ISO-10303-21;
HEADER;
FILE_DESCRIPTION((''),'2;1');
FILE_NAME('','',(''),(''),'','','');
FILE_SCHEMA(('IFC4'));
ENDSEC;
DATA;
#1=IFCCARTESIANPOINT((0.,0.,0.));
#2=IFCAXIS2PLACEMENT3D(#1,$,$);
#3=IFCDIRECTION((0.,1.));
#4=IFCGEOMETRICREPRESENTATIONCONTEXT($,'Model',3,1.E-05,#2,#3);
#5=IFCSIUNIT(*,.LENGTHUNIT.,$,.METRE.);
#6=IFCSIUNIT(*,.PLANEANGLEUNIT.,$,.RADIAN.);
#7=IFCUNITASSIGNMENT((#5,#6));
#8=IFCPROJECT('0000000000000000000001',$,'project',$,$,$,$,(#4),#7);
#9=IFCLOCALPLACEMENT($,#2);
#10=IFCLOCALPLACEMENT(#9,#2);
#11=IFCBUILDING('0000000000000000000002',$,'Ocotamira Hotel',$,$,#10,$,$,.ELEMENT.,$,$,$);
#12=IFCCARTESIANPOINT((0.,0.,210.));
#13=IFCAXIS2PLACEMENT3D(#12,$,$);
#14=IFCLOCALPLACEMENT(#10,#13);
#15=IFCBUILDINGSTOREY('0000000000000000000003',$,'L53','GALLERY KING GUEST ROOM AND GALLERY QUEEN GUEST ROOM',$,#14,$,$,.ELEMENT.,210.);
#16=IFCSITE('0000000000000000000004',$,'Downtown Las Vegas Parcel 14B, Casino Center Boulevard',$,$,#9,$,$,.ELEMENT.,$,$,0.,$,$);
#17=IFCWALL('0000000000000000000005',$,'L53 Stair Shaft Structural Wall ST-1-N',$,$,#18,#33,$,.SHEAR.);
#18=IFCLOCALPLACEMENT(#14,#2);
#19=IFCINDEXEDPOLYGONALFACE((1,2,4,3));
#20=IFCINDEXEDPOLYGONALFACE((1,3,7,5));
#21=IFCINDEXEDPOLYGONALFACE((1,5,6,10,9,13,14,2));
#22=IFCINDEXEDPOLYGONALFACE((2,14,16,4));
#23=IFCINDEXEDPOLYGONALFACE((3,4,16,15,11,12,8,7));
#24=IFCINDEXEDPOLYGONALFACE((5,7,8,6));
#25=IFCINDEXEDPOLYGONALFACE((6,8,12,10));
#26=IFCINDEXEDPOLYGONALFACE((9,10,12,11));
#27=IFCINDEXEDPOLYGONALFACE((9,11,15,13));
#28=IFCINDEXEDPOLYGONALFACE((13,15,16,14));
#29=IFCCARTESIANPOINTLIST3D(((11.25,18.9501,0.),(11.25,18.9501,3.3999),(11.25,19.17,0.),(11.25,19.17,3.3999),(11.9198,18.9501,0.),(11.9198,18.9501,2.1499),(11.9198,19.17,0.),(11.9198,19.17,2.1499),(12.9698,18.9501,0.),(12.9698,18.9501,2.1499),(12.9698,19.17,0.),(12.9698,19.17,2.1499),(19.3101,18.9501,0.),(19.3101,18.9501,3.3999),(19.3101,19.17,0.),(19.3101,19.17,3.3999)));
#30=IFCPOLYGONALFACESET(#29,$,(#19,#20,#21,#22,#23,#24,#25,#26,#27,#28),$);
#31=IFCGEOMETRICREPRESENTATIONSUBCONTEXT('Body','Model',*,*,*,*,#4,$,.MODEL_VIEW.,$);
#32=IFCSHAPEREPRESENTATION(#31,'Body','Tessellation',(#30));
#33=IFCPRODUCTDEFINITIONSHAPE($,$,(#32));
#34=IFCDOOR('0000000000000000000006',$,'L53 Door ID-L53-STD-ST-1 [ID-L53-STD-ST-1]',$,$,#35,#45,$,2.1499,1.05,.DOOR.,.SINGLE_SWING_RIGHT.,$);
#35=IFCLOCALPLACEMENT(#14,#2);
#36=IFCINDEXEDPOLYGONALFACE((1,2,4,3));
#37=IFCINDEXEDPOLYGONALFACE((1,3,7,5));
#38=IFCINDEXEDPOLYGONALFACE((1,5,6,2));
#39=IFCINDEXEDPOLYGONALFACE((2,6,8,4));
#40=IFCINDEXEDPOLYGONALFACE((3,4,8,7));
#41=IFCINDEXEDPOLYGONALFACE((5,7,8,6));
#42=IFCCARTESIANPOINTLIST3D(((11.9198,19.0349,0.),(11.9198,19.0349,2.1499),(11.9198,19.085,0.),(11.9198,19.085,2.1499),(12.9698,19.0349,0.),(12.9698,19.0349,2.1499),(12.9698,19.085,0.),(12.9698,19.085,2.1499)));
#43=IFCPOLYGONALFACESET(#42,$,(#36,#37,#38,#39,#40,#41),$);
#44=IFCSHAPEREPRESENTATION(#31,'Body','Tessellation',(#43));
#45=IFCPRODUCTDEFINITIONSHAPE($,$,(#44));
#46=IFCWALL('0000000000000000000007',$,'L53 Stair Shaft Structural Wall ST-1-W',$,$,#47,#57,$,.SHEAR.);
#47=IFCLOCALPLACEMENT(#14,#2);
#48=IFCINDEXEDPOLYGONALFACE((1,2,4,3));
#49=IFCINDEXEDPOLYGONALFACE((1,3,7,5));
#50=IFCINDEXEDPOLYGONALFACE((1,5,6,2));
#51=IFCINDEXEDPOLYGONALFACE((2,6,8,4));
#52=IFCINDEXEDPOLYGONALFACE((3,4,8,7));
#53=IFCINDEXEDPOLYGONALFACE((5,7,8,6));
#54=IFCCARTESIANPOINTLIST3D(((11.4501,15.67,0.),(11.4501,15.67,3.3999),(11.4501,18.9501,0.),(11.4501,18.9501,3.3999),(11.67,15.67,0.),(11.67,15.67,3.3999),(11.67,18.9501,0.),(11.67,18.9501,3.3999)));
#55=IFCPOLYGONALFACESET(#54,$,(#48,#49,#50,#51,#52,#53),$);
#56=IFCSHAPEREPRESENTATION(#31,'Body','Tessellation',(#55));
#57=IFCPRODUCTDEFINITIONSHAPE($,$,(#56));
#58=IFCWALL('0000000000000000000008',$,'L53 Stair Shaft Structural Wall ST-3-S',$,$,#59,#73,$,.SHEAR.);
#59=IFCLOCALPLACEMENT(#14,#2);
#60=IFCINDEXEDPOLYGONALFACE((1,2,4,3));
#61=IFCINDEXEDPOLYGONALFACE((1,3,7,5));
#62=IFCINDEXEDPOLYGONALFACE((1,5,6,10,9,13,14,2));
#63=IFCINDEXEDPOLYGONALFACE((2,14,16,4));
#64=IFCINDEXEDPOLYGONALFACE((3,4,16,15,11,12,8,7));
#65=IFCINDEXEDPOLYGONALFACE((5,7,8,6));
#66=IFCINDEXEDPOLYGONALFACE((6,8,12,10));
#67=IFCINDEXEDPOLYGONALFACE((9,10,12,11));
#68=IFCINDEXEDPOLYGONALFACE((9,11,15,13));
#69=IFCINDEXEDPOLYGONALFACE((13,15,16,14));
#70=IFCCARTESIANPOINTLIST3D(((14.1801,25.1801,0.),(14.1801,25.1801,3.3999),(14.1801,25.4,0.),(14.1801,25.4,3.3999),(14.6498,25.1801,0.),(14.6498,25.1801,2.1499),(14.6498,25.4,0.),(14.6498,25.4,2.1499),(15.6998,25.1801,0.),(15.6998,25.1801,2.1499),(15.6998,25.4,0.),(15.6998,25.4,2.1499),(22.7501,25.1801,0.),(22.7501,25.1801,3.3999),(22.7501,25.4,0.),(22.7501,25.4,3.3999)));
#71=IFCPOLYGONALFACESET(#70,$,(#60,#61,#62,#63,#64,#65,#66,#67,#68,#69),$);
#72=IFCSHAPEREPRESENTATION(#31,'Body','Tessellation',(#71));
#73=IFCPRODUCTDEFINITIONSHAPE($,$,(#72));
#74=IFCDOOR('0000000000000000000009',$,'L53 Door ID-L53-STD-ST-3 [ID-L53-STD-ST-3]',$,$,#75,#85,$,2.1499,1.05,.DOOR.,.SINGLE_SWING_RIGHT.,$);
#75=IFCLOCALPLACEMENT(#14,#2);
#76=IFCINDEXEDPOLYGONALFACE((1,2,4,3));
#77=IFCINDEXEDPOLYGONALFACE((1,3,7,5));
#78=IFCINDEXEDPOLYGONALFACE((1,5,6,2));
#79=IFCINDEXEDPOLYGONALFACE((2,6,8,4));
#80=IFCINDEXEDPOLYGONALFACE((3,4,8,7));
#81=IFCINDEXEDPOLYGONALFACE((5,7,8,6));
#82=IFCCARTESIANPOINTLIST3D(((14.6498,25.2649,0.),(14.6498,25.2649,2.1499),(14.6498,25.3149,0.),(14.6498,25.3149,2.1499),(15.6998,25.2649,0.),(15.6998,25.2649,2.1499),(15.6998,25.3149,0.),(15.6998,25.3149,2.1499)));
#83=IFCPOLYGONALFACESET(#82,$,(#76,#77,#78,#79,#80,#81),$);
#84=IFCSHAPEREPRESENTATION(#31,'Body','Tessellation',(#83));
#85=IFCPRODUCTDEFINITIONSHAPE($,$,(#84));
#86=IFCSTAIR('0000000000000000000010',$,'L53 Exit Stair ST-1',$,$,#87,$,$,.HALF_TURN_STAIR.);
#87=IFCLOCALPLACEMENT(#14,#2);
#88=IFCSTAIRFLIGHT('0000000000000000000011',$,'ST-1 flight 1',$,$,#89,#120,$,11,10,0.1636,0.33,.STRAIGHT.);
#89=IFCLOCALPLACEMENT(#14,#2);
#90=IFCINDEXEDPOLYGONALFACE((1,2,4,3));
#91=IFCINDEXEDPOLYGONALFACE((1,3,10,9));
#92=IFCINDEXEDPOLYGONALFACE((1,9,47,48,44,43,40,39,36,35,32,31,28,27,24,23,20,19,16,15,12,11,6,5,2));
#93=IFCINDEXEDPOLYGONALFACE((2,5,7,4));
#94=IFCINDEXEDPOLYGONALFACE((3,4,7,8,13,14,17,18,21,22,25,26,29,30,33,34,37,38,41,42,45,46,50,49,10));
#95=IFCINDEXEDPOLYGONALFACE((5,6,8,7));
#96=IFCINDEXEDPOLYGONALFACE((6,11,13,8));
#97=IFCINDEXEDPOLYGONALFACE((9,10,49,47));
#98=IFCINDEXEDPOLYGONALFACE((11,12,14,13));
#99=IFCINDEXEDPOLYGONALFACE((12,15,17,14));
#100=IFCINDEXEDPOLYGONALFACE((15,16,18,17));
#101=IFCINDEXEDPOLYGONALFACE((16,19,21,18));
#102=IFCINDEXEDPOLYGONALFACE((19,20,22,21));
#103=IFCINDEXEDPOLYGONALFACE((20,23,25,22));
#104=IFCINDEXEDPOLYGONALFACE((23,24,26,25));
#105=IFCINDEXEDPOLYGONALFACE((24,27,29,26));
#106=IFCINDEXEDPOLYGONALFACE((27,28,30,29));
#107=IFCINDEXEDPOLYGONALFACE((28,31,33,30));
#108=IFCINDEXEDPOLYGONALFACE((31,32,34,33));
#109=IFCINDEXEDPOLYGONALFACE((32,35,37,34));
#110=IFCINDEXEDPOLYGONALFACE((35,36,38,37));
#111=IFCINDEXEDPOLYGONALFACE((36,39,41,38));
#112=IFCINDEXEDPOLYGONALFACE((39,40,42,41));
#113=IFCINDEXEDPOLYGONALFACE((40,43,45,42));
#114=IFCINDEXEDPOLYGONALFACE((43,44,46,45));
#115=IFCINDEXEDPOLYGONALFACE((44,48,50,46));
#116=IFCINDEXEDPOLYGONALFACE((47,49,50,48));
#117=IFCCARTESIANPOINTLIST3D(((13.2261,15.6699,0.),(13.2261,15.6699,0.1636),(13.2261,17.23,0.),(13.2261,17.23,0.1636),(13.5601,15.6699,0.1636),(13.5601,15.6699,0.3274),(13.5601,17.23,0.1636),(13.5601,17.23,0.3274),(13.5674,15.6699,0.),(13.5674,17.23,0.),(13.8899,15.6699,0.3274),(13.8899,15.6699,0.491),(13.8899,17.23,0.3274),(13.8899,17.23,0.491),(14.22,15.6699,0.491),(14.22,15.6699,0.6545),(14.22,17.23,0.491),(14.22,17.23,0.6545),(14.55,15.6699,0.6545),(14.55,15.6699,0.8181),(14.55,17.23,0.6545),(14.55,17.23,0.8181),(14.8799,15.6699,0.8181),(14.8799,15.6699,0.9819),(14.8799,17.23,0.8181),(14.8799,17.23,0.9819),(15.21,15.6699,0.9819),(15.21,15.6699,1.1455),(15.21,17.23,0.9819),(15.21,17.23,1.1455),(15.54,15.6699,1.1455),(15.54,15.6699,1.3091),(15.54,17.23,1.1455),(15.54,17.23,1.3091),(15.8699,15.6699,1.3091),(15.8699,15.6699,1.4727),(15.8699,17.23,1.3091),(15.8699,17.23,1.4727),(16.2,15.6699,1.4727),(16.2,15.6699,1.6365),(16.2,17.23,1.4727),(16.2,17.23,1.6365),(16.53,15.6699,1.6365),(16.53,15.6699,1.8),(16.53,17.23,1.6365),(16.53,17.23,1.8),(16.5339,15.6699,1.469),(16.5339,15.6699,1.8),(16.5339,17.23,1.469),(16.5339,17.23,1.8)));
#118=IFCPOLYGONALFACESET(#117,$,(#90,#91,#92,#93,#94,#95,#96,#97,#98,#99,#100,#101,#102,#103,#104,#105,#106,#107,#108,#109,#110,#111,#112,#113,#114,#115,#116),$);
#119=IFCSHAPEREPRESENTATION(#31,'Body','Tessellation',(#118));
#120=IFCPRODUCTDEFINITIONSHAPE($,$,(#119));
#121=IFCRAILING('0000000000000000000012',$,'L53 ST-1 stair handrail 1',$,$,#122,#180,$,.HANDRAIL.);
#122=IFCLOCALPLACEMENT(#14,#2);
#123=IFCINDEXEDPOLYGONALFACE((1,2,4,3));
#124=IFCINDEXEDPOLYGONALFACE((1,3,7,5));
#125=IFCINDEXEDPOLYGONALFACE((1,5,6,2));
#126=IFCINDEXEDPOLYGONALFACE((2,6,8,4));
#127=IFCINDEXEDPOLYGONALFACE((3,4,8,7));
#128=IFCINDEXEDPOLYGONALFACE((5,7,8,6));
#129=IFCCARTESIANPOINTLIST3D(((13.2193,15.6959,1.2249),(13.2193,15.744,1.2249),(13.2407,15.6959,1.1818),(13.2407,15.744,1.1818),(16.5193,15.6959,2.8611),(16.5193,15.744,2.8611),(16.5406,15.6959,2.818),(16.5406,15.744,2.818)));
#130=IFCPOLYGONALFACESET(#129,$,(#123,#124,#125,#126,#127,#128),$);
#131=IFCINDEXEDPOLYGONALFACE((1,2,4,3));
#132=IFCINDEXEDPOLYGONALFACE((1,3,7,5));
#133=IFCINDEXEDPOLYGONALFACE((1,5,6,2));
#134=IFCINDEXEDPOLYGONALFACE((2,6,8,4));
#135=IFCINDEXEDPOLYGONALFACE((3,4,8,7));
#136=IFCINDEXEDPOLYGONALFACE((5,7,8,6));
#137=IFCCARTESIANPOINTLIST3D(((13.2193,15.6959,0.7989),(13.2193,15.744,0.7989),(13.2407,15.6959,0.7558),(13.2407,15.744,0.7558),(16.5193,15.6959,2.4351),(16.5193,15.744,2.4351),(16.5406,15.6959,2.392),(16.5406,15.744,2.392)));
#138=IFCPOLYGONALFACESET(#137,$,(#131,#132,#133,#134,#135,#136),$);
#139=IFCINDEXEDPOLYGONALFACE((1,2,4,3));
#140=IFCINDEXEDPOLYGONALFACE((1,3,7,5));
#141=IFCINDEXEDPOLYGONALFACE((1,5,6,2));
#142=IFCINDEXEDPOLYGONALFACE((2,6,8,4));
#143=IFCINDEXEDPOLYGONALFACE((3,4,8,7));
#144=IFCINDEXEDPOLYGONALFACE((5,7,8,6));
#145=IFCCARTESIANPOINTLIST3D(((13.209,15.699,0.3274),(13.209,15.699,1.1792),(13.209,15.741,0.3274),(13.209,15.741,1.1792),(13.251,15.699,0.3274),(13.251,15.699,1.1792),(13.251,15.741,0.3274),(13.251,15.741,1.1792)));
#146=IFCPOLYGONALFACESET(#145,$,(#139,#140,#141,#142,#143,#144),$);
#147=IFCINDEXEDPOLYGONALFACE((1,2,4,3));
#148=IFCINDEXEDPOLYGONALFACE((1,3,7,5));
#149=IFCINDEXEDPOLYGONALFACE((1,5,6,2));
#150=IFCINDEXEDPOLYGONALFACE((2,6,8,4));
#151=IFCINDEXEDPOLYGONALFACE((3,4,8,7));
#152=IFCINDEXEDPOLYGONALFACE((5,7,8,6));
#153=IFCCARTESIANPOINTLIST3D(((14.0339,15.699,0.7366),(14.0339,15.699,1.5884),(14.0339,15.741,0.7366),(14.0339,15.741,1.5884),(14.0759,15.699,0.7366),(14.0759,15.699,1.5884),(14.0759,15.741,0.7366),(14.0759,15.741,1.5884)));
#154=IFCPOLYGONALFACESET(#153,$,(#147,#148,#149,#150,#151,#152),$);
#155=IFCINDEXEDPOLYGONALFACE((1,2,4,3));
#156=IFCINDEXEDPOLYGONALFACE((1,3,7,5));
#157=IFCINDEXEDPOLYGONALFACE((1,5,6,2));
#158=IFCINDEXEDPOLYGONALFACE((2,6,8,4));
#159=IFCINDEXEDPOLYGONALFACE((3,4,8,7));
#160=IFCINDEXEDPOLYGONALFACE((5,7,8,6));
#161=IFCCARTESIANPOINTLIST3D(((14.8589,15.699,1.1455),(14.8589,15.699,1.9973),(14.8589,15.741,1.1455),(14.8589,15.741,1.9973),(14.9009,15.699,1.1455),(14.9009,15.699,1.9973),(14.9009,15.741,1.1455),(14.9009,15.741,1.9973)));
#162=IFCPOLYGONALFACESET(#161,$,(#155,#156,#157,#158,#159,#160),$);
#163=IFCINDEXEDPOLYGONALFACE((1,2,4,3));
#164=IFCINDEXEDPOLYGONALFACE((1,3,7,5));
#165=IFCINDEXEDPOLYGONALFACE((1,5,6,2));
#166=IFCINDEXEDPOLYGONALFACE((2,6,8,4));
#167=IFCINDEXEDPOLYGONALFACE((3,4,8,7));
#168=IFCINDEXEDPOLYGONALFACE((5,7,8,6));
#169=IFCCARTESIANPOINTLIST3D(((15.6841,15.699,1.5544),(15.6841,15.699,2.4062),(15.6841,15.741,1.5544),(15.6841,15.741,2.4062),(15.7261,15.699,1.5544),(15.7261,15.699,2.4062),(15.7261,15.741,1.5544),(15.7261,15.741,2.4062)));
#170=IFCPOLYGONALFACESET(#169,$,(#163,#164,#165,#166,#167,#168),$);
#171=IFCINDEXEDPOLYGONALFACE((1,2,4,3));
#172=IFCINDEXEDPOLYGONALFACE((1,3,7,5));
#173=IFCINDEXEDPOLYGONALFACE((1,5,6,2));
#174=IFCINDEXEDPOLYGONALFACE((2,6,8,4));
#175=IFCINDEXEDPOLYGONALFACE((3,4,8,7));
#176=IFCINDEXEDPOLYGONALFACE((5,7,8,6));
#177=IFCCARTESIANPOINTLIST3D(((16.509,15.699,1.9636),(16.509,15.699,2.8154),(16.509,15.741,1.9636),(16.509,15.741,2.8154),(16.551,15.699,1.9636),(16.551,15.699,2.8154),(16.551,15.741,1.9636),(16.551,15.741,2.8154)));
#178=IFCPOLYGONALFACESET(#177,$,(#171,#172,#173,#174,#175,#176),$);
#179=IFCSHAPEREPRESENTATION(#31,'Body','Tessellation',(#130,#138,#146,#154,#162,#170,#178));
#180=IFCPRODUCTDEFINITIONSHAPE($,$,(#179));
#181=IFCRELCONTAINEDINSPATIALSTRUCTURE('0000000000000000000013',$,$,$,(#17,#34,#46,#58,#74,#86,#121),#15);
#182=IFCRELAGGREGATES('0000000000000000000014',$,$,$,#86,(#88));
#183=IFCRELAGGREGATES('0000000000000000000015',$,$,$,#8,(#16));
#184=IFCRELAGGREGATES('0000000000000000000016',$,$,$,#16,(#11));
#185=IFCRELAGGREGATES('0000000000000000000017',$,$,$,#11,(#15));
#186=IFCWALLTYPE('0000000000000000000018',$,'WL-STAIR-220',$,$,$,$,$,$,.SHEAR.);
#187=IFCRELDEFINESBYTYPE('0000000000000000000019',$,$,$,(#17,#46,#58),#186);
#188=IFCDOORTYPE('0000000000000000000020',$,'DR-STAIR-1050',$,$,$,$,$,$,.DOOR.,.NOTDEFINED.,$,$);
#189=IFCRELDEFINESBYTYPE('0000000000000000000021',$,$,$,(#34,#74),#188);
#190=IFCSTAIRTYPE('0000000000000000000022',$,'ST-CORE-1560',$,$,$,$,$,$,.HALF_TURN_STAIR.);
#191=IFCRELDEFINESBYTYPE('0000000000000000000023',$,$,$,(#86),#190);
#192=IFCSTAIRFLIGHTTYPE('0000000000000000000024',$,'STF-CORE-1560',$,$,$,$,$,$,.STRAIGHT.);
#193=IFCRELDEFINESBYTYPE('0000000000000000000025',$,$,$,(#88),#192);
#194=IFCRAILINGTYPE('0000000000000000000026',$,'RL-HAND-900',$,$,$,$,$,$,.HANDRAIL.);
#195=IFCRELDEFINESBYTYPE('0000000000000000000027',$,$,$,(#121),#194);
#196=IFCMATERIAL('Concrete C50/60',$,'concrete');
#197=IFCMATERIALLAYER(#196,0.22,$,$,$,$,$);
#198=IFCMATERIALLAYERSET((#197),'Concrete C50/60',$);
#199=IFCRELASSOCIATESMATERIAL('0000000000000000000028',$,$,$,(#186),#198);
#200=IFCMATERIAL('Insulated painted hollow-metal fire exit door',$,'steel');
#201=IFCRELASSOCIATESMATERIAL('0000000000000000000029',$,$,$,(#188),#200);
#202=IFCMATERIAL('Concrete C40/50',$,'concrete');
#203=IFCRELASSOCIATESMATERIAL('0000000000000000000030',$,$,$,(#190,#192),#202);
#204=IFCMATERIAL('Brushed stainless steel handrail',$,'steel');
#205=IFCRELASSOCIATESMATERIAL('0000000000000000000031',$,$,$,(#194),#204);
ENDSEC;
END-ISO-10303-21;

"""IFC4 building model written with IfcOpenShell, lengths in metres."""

from ifc_helpers import new_model, si_unit, direction, frame, frame_2d, origin, origin_2d, place, context, subcontext, project, spatial, polyline, rectangle, outline, extrude, source, transform, mapped, material, layer, layer_set, type_object, element, fill, aggregate, save


model = new_model("IFC4")

# Units and contexts
model_context = context("Model", 3, precision=1e-05, world=origin(), true_north=direction((0.0, 1.0)))
body_context = subcontext(model_context, "Body", "Model", "MODEL_VIEW")
ifc_project = project(units=[si_unit("LENGTHUNIT", "METRE"), si_unit("PLANEANGLEUNIT", "RADIAN")], contexts=[model_context])

# Site, building, storey
site_placement = place(None, origin())
site = spatial("IfcSite", under=ifc_project, at=site_placement, Name="Downtown Las Vegas Parcel 14B, Casino Center Boulevard", CompositionType="ELEMENT", RefElevation=0.0)
building_placement = place(site_placement, origin())
building = spatial("IfcBuilding", under=site, at=building_placement, Name="Ocotamira Hotel", CompositionType="ELEMENT")
storey_placement = place(building_placement, frame((0.0, 0.0, 210.0)))
storey = spatial("IfcBuildingStorey", under=building, at=storey_placement, Name="L53", Description="GALLERY KING GUEST ROOM AND GALLERY QUEEN GUEST ROOM", CompositionType="ELEMENT", Elevation=210.0)

# Shared definitions
ifc_material_1 = material(Name="Concrete C50/60", Category="concrete")

# Shared definitions
ifc_layer_1 = layer(ifc_material_1, 0.22)
ifc_layer_set_1 = layer_set([ifc_layer_1], Name="Concrete C50/60")
wall_type_1 = type_object("IfcWallType", Name="WL-STAIR-220", PredefinedType="SHEAR", material=ifc_layer_set_1)

# Wall, opening, door
wall_1_placement = place(storey_placement, frame((11.25, 19.0601, 0.0), z_axis=(0.0, 0.0, 1.0), x_axis=(1.0, 0.0, 0.0)))
wall_1 = element("IfcWall", 1, at=wall_1_placement, inside=storey, type_object=wall_type_1, Name="L53 Stair Shaft Structural Wall ST-1-N", PredefinedType="SHEAR", context=body_context, shape_type="SweptSolid", body=[
    extrude(rectangle(XDim=8.0601, YDim=0.22, at=frame_2d((4.03, 0.0))), origin(), (0.0, 0.0, 1.0), 3.3999),
])
opening_1_placement = place(wall_1_placement, frame((0.6699, 0.0, 0.0)))
opening_1 = element("IfcOpeningElement", 2, at=opening_1_placement, cuts=wall_1, PredefinedType="OPENING", context=body_context, shape_type="SweptSolid", body=[
    extrude(rectangle(XDim=1.05, YDim=2.1499, at=frame_2d((0.5249, 1.075))), frame((0.0, 0.1201, 0.0), z_axis=(0.0, -1.0, 0.0), x_axis=(1.0, 0.0, 0.0)), (0.0, 0.0, 1.0), 0.24),
])
ifc_material_2 = material(Name="Insulated painted hollow-metal fire exit door", Category="steel")
door_type_1 = type_object("IfcDoorType", Name="DR-STAIR-1050", OperationType="NOTDEFINED", PredefinedType="DOOR", material=ifc_material_2)
shared_shape_1 = source(origin(), body_context, "Body", "SweptSolid", [
    extrude(rectangle(XDim=1.05, YDim=2.1499, at=frame_2d((0.5249, 1.075))), frame((0.0, 0.0249, 0.0), z_axis=(0.0, -1.0, 0.0), x_axis=(1.0, 0.0, 0.0)), (0.0, 0.0, 1.0), 0.05),
])
door_1_placement = place(opening_1_placement, origin())
door_1 = element("IfcDoor", 3, at=door_1_placement, inside=storey, type_object=door_type_1, Name="L53 Door ID-L53-STD-ST-1 [ID-L53-STD-ST-1]", OperationType="SINGLE_SWING_RIGHT", OverallHeight=2.1499, OverallWidth=1.05, PredefinedType="DOOR", context=body_context, shape_type="MappedRepresentation", body=[
    mapped(shared_shape_1, transform((0.0, 0.0, 0.0), scale=1.0)),
])
fill(opening_1, door_1)

# Wall
wall_2_placement = place(storey_placement, frame((11.5601, 15.6699, 0.0), z_axis=(0.0, 0.0, 1.0), x_axis=(0.0, 1.0, 0.0)))
element("IfcWall", 4, at=wall_2_placement, inside=storey, type_object=wall_type_1, Name="L53 Stair Shaft Structural Wall ST-1-W", PredefinedType="SHEAR", context=body_context, shape_type="SweptSolid", body=[
    extrude(rectangle(XDim=3.28, YDim=0.22, at=frame_2d((1.6401, 0.0))), origin(), (0.0, 0.0, 1.0), 3.3999),
])

# Wall, opening, door
wall_3_placement = place(storey_placement, frame((14.1799, 25.29, 0.0), z_axis=(0.0, 0.0, 1.0), x_axis=(1.0, 0.0, 0.0)))
wall_3 = element("IfcWall", 5, at=wall_3_placement, inside=storey, type_object=wall_type_1, Name="L53 Stair Shaft Structural Wall ST-3-S", PredefinedType="SHEAR", context=body_context, shape_type="SweptSolid", body=[
    extrude(rectangle(XDim=8.5701, YDim=0.22, at=frame_2d((4.2852, 0.0))), origin(), (0.0, 0.0, 1.0), 3.3999),
])
opening_2_placement = place(wall_3_placement, frame((0.47, 0.0, 0.0)))
opening_2 = element("IfcOpeningElement", 6, at=opening_2_placement, cuts=wall_3, PredefinedType="OPENING", context=body_context, shape_type="SweptSolid", body=[
    extrude(rectangle(XDim=1.05, YDim=2.1499, at=frame_2d((0.5249, 1.075))), frame((0.0, 0.1201, 0.0), z_axis=(0.0, -1.0, 0.0), x_axis=(1.0, 0.0, 0.0)), (0.0, 0.0, 1.0), 0.24),
])
door_2_placement = place(opening_2_placement, origin())
door_2 = element("IfcDoor", 7, at=door_2_placement, inside=storey, type_object=door_type_1, Name="L53 Door ID-L53-STD-ST-3 [ID-L53-STD-ST-3]", OperationType="SINGLE_SWING_RIGHT", OverallHeight=2.1499, OverallWidth=1.05, PredefinedType="DOOR", context=body_context, shape_type="MappedRepresentation", body=[
    mapped(shared_shape_1, transform((0.0, 0.0, 0.0), scale=1.0)),
])
fill(opening_2, door_2)

# Stair, stair flight
ifc_material_3 = material(Name="Concrete C40/50", Category="concrete")
stair_type = type_object("IfcStairType", Name="ST-CORE-1560", PredefinedType="HALF_TURN_STAIR", material=ifc_material_3)
stair_placement = place(storey_placement, origin())
stair = element("IfcStair", 8, at=stair_placement, inside=storey, type_object=stair_type, Name="L53 Exit Stair ST-1", PredefinedType="HALF_TURN_STAIR")
stair_flight_type = type_object("IfcStairFlightType", Name="STF-CORE-1560", PredefinedType="STRAIGHT", material=ifc_material_3)
shared_shape_2 = source(origin(), body_context, "Body", "SweptSolid", [
    extrude(outline(polyline([(-0.0039, 0.0), (-0.0039, 0.1636), (0.3301, 0.1636), (0.3301, 0.3274), (0.6599, 0.3274), (0.6599, 0.491), (0.99, 0.491), (0.99, 0.6545), (1.3201, 0.6545), (1.3201, 0.8181), (1.6499, 0.8181), (1.6499, 0.9819), (1.98, 0.9819), (1.98, 1.1455), (2.3101, 1.1455), (2.3101, 1.3091), (2.6399, 1.3091), (2.6399, 1.4727), (2.97, 1.4727), (2.97, 1.6365), (3.3, 1.6365), (3.3, 1.8), (3.304, 1.8), (3.304, 1.469), (0.3374, 0.0), (-0.0039, 0.0)])), frame((0.0, 0.78, 0.0), z_axis=(0.0, -1.0, 0.0), x_axis=(1.0, 0.0, 0.0)), (0.0, 0.0, 1.0), 1.5601),
])
stair_flight_placement = place(storey_placement, frame((13.23, 16.45, 0.0), z_axis=(0.0, 0.0, 1.0), x_axis=(1.0, 0.0, 0.0)))
stair_flight = element("IfcStairFlight", 9, at=stair_flight_placement, type_object=stair_flight_type, Name="ST-1 flight 1", NumberOfRisers=11, NumberOfTreads=10, PredefinedType="STRAIGHT", RiserHeight=0.1636, TreadLength=0.33, context=body_context, shape_type="MappedRepresentation", body=[
    mapped(shared_shape_2, transform((0.0, 0.0, 0.0), scale=1.0)),
])
aggregate(stair, [stair_flight])

# Railing
ifc_material_4 = material(Name="Brushed stainless steel handrail", Category="steel")
railing_type_1 = type_object("IfcRailingType", Name="RL-HAND-900", PredefinedType="HANDRAIL", material=ifc_material_4)
railing_1_placement = place(storey_placement, frame((13.23, 15.72, 0.3274)))
element("IfcRailing", 10, at=railing_1_placement, inside=storey, type_object=railing_type_1, Name="L53 ST-1 stair handrail 1", PredefinedType="HANDRAIL", context=body_context, shape_type="SweptSolid", body=[
    extrude(rectangle(XDim=0.0481, YDim=0.0481, at=origin_2d()), frame((0.0, 0.0, 0.876), z_axis=(0.89592, 0.0, 0.444215), x_axis=(0.0, 1.0, 0.0)), (0.0, 0.0, 1.0), 3.6833),
    extrude(rectangle(XDim=0.0481, YDim=0.0481, at=origin_2d()), frame((0.0, 0.0, 0.45), z_axis=(0.89592, 0.0, 0.444215), x_axis=(0.0, 1.0, 0.0)), (0.0, 0.0, 1.0), 3.6833),
    extrude(rectangle(XDim=0.042, YDim=0.042, at=origin_2d()), origin(), (0.0, 0.0, 1.0), 0.8518),
    extrude(rectangle(XDim=0.042, YDim=0.042, at=origin_2d()), frame((0.825, 0.0, 0.4092)), (0.0, 0.0, 1.0), 0.8518),
    extrude(rectangle(XDim=0.042, YDim=0.042, at=origin_2d()), frame((1.6499, 0.0, 0.8181)), (0.0, 0.0, 1.0), 0.8518),
    extrude(rectangle(XDim=0.042, YDim=0.042, at=origin_2d()), frame((2.4751, 0.0, 1.2271)), (0.0, 0.0, 1.0), 0.8518),
    extrude(rectangle(XDim=0.042, YDim=0.042, at=origin_2d()), frame((3.3, 0.0, 1.6362)), (0.0, 0.0, 1.0), 0.8518),
])

save(model, "model.ifc")
